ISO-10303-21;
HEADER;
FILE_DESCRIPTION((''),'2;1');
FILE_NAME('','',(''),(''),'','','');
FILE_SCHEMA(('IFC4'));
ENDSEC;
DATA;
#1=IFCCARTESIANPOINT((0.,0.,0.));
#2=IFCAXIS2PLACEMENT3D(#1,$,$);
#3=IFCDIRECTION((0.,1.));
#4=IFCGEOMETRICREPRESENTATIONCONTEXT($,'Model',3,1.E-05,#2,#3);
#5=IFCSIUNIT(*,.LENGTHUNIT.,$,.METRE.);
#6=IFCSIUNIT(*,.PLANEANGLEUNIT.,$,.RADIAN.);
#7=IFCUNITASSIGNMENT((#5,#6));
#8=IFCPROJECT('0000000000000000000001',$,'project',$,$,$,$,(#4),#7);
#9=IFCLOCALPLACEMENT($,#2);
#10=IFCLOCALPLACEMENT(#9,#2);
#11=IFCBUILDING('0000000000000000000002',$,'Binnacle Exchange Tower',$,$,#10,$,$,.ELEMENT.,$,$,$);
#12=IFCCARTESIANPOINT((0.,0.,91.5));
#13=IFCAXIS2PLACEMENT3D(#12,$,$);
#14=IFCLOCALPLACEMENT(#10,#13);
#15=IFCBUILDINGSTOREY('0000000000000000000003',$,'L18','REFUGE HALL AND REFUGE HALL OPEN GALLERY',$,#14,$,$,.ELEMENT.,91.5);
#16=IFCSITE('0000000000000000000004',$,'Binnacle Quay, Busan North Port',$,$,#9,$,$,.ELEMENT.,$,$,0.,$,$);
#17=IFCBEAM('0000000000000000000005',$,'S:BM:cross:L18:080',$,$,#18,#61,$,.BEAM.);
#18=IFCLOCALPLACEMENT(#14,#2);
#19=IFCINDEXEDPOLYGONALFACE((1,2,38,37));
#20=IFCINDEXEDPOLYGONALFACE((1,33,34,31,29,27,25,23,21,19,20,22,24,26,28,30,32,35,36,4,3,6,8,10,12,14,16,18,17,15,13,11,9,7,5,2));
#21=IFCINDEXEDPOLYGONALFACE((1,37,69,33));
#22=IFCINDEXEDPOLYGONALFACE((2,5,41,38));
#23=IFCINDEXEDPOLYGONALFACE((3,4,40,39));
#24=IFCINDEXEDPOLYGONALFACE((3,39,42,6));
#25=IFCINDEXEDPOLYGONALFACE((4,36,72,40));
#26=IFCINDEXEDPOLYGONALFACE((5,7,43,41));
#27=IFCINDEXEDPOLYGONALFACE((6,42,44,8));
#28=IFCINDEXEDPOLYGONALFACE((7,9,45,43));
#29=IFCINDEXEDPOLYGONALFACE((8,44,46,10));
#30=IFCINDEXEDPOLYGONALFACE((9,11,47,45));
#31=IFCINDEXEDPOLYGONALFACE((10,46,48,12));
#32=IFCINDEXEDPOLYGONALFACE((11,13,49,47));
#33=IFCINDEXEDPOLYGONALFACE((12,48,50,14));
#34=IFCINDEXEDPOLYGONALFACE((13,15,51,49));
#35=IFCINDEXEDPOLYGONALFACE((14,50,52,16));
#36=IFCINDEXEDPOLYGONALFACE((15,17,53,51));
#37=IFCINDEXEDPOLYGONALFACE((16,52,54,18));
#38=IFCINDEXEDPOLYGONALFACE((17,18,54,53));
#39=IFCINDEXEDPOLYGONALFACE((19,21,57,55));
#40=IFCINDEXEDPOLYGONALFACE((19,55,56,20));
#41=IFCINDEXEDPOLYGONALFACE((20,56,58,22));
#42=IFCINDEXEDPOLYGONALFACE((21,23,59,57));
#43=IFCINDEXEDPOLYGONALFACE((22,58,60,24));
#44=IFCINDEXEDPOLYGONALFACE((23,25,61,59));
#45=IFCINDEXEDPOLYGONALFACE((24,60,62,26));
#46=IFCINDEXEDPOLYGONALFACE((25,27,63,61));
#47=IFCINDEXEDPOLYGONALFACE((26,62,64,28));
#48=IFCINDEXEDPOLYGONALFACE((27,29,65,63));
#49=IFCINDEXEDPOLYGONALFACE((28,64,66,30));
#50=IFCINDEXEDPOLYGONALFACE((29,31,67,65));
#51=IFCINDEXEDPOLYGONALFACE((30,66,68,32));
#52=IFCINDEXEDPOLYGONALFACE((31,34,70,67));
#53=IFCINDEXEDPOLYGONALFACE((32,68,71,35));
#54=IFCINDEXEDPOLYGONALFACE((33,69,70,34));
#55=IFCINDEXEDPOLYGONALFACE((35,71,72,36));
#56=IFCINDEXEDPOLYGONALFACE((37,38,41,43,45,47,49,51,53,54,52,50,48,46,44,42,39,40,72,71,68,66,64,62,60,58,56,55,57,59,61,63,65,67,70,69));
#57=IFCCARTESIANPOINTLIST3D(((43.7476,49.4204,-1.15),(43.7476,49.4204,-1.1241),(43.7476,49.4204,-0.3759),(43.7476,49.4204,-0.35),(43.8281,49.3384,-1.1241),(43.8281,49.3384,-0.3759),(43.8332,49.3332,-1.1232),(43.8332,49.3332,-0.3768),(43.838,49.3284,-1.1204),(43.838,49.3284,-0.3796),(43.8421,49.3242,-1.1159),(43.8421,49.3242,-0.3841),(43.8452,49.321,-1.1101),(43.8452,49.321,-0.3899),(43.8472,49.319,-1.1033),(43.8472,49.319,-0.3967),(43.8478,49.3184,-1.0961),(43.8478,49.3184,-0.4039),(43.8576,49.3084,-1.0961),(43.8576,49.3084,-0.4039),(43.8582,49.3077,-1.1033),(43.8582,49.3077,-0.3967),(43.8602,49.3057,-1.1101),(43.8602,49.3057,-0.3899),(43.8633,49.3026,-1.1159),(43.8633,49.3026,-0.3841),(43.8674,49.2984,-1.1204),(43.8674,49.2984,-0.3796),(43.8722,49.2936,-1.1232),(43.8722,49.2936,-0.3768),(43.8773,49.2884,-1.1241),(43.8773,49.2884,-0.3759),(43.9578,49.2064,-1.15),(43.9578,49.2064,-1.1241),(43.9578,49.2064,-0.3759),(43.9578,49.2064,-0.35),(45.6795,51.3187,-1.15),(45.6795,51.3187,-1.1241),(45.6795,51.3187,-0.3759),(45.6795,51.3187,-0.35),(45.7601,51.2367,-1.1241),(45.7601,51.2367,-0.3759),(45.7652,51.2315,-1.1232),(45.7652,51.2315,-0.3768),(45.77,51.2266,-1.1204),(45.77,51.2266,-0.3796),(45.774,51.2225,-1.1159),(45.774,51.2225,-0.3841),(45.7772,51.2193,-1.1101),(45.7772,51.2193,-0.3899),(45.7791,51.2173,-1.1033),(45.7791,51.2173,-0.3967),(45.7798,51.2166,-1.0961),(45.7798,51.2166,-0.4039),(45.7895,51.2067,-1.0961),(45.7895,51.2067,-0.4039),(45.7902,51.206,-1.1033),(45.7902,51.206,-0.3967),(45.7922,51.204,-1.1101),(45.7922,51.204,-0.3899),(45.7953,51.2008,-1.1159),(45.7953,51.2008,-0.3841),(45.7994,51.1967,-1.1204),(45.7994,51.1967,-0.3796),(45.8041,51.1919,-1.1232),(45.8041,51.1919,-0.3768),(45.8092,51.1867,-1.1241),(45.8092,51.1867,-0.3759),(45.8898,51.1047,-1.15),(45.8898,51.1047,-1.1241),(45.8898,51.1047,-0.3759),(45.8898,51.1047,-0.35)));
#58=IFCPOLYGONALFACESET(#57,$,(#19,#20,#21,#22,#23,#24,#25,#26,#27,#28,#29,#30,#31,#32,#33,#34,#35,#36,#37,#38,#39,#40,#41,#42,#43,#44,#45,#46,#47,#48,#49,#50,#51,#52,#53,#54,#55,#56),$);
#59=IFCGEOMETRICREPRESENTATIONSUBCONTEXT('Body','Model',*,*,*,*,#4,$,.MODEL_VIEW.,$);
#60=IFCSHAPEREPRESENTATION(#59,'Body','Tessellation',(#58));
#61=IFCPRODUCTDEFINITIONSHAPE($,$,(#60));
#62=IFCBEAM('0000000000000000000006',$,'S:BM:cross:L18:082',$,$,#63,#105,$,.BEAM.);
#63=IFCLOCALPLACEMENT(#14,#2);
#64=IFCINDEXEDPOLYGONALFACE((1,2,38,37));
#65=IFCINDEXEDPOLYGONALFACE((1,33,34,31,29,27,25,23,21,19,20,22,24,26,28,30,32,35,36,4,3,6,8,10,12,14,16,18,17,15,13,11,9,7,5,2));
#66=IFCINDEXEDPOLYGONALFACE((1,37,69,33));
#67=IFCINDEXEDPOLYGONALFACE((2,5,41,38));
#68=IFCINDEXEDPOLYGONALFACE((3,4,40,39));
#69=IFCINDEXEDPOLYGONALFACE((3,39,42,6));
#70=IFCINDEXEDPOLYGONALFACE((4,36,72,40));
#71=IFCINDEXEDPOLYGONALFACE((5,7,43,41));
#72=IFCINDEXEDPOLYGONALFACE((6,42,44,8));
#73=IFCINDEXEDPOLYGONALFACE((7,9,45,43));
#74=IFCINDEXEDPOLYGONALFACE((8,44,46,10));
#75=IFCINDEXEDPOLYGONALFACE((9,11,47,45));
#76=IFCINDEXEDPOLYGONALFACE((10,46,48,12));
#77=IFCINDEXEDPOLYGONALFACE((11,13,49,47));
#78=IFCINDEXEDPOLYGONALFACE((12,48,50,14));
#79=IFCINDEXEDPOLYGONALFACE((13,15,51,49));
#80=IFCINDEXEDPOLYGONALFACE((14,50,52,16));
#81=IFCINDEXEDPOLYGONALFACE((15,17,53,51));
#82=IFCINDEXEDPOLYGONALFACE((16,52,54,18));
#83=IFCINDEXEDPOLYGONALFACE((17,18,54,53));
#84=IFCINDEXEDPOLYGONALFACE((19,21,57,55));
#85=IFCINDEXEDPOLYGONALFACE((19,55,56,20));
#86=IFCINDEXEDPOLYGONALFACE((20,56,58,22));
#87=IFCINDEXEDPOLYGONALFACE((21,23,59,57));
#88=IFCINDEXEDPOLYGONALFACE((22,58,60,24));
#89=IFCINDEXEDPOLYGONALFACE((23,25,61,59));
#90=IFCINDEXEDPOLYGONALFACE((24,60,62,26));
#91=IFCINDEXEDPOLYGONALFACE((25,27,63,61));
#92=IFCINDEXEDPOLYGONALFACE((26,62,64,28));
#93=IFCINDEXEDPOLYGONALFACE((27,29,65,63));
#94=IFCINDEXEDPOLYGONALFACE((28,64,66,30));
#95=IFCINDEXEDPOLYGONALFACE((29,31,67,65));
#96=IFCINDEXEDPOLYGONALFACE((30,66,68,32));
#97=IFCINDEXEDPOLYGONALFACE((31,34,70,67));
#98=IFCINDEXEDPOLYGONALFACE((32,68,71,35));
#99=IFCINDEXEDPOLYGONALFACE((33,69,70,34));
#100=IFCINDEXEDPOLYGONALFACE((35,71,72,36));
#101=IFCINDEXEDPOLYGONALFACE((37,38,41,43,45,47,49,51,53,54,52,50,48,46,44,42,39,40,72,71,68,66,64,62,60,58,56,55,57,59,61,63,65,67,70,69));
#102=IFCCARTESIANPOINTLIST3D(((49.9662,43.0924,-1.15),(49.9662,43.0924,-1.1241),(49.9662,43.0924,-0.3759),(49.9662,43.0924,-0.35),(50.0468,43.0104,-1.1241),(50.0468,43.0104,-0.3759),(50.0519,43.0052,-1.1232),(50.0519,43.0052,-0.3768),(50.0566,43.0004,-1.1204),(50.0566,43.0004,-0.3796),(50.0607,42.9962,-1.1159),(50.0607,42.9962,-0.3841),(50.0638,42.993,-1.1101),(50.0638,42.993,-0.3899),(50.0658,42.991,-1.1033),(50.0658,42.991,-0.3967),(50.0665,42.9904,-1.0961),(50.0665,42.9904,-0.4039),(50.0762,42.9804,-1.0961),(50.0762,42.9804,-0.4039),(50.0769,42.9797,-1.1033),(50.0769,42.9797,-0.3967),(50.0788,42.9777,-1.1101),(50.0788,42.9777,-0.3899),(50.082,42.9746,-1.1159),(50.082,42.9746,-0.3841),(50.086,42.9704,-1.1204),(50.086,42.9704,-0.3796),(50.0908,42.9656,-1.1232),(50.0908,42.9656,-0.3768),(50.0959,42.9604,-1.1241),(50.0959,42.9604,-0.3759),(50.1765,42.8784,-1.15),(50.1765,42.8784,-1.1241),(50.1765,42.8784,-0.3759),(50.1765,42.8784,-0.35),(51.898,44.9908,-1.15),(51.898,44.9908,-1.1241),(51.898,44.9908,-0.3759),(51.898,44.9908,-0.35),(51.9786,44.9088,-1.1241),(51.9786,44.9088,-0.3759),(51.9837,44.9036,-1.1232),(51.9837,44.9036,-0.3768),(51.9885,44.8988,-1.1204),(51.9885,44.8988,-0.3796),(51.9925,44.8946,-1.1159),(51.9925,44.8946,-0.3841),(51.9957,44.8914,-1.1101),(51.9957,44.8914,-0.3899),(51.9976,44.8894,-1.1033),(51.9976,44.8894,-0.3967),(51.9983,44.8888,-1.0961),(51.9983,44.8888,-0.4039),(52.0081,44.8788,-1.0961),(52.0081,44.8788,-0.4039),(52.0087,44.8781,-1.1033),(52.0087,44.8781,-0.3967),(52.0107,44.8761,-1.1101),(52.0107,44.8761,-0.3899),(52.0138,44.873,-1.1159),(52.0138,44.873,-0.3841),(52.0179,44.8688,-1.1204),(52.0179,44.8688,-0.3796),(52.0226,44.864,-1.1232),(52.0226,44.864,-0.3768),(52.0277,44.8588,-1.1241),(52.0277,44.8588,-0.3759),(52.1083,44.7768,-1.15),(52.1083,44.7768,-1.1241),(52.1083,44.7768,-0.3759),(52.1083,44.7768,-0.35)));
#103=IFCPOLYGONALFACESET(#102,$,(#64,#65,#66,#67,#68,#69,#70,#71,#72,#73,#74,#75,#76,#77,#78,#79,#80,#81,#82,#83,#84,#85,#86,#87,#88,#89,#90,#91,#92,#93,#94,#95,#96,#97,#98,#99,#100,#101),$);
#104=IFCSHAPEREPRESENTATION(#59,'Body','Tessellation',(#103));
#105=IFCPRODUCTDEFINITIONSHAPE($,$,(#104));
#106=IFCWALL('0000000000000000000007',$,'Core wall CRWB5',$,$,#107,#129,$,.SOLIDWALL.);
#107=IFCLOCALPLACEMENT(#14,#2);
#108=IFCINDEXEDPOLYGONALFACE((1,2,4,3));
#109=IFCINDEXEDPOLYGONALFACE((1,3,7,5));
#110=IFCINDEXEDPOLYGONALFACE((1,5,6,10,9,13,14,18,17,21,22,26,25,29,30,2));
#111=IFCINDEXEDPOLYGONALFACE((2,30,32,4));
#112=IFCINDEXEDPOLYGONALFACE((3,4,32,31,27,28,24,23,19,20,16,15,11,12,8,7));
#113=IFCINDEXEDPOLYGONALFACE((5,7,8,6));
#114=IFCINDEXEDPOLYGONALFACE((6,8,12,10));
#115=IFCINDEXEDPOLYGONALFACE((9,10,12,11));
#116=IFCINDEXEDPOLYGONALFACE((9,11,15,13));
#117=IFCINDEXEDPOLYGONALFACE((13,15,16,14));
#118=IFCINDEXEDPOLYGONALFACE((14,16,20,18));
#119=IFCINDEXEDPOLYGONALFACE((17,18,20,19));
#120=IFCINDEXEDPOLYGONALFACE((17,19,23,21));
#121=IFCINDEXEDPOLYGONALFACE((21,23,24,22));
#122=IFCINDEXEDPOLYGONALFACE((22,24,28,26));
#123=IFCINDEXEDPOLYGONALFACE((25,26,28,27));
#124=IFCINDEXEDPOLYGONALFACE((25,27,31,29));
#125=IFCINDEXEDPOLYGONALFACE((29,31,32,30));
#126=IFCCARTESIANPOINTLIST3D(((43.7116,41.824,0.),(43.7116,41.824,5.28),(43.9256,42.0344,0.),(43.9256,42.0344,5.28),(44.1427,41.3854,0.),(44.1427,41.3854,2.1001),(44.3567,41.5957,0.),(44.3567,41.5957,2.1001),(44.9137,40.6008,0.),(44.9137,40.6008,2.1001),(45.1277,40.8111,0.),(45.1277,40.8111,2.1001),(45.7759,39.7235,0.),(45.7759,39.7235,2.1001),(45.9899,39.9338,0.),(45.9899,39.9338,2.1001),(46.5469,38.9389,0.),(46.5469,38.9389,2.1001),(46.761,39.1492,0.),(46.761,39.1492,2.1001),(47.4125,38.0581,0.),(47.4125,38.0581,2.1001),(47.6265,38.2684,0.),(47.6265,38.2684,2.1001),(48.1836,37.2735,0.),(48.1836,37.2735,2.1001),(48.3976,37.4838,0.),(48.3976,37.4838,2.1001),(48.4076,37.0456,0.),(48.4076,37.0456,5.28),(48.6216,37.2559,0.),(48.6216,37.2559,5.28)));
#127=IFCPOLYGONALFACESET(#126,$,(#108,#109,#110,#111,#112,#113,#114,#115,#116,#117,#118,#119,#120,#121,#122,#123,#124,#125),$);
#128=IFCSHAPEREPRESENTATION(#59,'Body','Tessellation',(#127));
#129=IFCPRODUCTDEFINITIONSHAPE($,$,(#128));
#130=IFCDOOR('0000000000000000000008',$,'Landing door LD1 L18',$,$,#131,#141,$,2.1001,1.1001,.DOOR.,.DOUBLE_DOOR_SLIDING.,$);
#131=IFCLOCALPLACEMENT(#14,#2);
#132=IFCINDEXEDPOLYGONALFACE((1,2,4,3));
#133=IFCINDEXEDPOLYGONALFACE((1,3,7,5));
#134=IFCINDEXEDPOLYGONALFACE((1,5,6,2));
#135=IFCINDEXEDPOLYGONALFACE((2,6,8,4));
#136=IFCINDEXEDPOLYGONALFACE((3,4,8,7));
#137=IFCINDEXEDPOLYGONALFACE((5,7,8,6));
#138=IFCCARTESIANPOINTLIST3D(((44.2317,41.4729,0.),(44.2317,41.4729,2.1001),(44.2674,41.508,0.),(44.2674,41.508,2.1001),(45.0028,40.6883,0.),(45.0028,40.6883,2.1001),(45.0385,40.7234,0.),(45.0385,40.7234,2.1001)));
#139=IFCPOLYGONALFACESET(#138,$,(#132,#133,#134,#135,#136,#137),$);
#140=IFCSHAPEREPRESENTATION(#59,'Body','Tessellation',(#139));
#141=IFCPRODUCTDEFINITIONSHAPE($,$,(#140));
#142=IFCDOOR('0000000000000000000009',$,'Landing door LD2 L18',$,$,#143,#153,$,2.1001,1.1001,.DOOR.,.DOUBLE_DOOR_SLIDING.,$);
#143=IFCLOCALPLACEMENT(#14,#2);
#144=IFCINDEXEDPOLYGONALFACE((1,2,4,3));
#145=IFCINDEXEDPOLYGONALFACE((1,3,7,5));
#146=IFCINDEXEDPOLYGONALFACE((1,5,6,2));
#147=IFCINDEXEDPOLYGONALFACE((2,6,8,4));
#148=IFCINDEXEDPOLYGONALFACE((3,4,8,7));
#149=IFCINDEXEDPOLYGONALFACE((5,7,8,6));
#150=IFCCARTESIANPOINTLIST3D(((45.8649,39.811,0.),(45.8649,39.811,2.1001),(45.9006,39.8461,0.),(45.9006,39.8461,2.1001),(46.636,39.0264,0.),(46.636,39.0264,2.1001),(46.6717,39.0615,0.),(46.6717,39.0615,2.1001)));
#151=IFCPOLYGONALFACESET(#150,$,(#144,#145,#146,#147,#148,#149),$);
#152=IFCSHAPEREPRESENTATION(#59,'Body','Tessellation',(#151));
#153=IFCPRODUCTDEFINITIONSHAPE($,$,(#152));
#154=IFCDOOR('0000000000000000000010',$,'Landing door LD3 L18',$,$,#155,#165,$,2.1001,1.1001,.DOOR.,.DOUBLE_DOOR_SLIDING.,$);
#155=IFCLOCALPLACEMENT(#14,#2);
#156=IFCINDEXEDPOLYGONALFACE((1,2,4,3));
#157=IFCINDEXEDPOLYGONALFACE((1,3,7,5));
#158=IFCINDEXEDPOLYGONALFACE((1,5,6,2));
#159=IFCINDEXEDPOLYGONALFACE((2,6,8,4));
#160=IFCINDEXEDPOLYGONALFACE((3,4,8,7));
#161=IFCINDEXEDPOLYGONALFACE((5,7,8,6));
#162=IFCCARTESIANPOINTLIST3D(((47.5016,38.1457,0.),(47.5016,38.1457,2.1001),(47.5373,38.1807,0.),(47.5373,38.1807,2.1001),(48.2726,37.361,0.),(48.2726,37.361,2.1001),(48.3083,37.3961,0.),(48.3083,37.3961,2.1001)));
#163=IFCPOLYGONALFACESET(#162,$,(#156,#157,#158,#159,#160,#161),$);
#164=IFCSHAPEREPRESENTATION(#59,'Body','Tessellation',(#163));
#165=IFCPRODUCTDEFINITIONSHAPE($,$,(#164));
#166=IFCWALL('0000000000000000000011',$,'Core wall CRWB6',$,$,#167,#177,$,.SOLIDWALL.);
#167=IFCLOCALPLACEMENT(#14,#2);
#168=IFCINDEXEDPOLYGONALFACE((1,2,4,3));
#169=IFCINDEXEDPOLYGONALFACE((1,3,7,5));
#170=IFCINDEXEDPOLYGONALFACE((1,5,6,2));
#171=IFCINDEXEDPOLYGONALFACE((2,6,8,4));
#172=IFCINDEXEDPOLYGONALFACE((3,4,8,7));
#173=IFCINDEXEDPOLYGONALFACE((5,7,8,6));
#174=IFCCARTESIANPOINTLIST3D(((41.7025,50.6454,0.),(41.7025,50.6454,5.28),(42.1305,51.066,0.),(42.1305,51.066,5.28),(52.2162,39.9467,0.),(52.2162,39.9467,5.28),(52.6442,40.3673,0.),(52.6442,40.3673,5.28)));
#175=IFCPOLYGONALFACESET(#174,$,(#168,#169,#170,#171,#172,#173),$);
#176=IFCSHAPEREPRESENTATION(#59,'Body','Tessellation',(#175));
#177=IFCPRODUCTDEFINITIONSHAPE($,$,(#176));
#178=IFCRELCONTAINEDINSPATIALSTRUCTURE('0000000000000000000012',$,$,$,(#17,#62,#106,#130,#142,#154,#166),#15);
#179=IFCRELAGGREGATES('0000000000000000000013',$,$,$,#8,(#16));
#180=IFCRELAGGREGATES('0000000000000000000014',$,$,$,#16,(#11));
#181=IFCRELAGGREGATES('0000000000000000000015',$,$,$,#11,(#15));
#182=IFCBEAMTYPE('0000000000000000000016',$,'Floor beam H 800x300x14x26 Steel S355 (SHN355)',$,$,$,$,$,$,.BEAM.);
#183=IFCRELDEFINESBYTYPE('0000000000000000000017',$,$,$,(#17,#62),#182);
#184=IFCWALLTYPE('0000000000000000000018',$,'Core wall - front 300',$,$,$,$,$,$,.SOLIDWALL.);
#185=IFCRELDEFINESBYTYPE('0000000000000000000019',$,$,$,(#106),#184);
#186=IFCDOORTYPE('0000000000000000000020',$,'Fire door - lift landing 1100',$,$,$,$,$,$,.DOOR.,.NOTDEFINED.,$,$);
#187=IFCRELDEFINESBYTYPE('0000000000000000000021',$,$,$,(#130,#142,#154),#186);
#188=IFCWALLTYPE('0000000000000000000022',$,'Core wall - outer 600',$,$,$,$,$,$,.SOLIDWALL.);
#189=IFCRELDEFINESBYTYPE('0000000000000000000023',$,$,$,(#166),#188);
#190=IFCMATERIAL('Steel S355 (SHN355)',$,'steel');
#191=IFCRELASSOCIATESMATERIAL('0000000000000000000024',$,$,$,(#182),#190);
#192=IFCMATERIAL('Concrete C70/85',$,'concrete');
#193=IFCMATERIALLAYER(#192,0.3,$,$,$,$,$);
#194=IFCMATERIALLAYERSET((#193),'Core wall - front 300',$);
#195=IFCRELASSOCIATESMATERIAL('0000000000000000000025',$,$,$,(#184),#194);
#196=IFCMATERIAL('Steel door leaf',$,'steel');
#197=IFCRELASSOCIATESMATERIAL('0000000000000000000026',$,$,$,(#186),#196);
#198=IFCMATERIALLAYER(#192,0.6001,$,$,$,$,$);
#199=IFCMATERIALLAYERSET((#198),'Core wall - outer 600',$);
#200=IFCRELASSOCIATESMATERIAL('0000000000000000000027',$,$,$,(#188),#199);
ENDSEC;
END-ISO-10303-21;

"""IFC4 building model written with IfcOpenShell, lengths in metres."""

from ifc_helpers import new_model, si_unit, direction, frame, frame_2d, origin, origin_2d, place, context, subcontext, project, spatial, rectangle, i_section, extrude, material, layer, layer_set, material_profile, profile_set, type_object, element, fill, save


model = new_model("IFC4")

# Units and contexts
model_context = context("Model", 3, precision=1e-05, world=origin(), true_north=direction((0.0, 1.0)))
body_context = subcontext(model_context, "Body", "Model", "MODEL_VIEW")
ifc_project = project(units=[si_unit("LENGTHUNIT", "METRE"), si_unit("PLANEANGLEUNIT", "RADIAN")], contexts=[model_context])

# Site, building, storey
site_placement = place(None, origin())
site = spatial("IfcSite", under=ifc_project, at=site_placement, Name="Binnacle Quay, Busan North Port", CompositionType="ELEMENT", RefElevation=0.0)
building_placement = place(site_placement, origin())
building = spatial("IfcBuilding", under=site, at=building_placement, Name="Binnacle Exchange Tower", CompositionType="ELEMENT")
storey_placement = place(building_placement, frame((0.0, 0.0, 91.5)))
storey = spatial("IfcBuildingStorey", under=building, at=storey_placement, Name="L18", Description="REFUGE HALL AND REFUGE HALL OPEN GALLERY", CompositionType="ELEMENT", Elevation=91.5)

# Shared definitions
ifc_material_1 = material(Name="Concrete C70/85", Category="concrete")

# Beams
ifc_material_2 = material(Name="Steel S355 (SHN355)", Category="steel")
ifc_material_profile_1 = material_profile(ifc_material_2, i_section(OverallWidth=0.3, OverallDepth=0.8, WebThickness=0.0139, FlangeThickness=0.0259, FilletRadius=0.0281, at=origin_2d()), Name="H 800x300x14x26")
ifc_profile_set_1 = profile_set([ifc_material_profile_1], Name="Steel S355 (SHN355)")
beam_type_1 = type_object("IfcBeamType", Name="Floor beam H 800x300x14x26 Steel S355 (SHN355)", PredefinedType="BEAM", material=ifc_profile_set_1)
for number, where, z_axis, x_axis, name in (
    (1, (45.7847, 51.2117, -0.75), (-0.713299, -0.70086, 0.0), (0.70086, -0.713299, 0.0), "S:BM:cross:L18:080"),
    (2, (52.0032, 44.8838, -0.75), (-0.713254, -0.700905, 0.0), (0.700905, -0.713254, 0.0), "S:BM:cross:L18:082"),
):
    element("IfcBeam", number, at=place(storey_placement, frame(where, z_axis=z_axis, x_axis=x_axis)), inside=storey, type_object=beam_type_1, Name=name, PredefinedType="BEAM", context=body_context, shape_type="SweptSolid", body=[
        extrude(i_section(OverallWidth=0.3, OverallDepth=0.8, WebThickness=0.0139, FlangeThickness=0.0259, FilletRadius=0.0281, at=origin_2d()), origin(), (0.0, 0.0, 1.0), 2.7085),
    ])

# Wall, openings, doors
ifc_layer_1 = layer(ifc_material_1, 0.3)
ifc_layer_set_1 = layer_set([ifc_layer_1], Name="Core wall - front 300")
wall_type_1 = type_object("IfcWallType", Name="Core wall - front 300", PredefinedType="SOLIDWALL", material=ifc_layer_set_1)
wall_1_placement = place(storey_placement, frame((43.8186, 41.9292, 0.0), z_axis=(0.0, 0.0, 1.0), x_axis=(0.700922, -0.713238, 0.0)))
wall_1 = element("IfcWall", 3, at=wall_1_placement, inside=storey, type_object=wall_type_1, Name="Core wall CRWB5", PredefinedType="SOLIDWALL", context=body_context, shape_type="SweptSolid", body=[
    extrude(rectangle(XDim=6.6997, YDim=0.3, at=frame_2d((3.3499, 0.0))), origin(), (0.0, 0.0, 1.0), 5.28),
])
opening_1_placement = place(wall_1_placement, frame((0.615, 0.0, 0.0)))
opening_1 = element("IfcOpeningElement", 4, at=opening_1_placement, cuts=wall_1, PredefinedType="OPENING", context=body_context, shape_type="SweptSolid", body=[
    extrude(rectangle(XDim=1.1001, YDim=2.1001, at=frame_2d((0.55, 1.05))), frame((0.0, 0.1599, 0.0), z_axis=(0.0, -1.0, 0.0), x_axis=(1.0, 0.0, 0.0)), (0.0, 0.0, 1.0), 0.3201),
])
opening_2_placement = place(wall_1_placement, frame((2.9451, 0.0, 0.0)))
opening_2 = element("IfcOpeningElement", 5, at=opening_2_placement, cuts=wall_1, PredefinedType="OPENING", context=body_context, shape_type="SweptSolid", body=[
    extrude(rectangle(XDim=1.1001, YDim=2.1001, at=frame_2d((0.55, 1.05))), frame((0.0, 0.1599, 0.0), z_axis=(0.0, -1.0, 0.0), x_axis=(1.0, 0.0, 0.0)), (0.0, 0.0, 1.0), 0.3201),
])
opening_3_placement = place(wall_1_placement, frame((5.28, 0.0, 0.0)))
opening_3 = element("IfcOpeningElement", 6, at=opening_3_placement, cuts=wall_1, PredefinedType="OPENING", context=body_context, shape_type="SweptSolid", body=[
    extrude(rectangle(XDim=1.1001, YDim=2.1001, at=frame_2d((0.55, 1.05))), frame((0.0, 0.1599, 0.0), z_axis=(0.0, -1.0, 0.0), x_axis=(1.0, 0.0, 0.0)), (0.0, 0.0, 1.0), 0.3201),
])
ifc_material_3 = material(Name="Steel door leaf", Category="steel")
door_type_1 = type_object("IfcDoorType", Name="Fire door - lift landing 1100", OperationType="NOTDEFINED", PredefinedType="DOOR", material=ifc_material_3)
door_1_placement = place(opening_1_placement, origin())
door_1 = element("IfcDoor", 7, at=door_1_placement, inside=storey, type_object=door_type_1, Name="Landing door LD1 L18", OperationType="DOUBLE_DOOR_SLIDING", OverallHeight=2.1001, OverallWidth=1.1001, PredefinedType="DOOR", context=body_context, shape_type="SweptSolid", body=[
    extrude(rectangle(XDim=1.1001, YDim=2.1001, at=frame_2d((0.55, 1.05))), frame((0.0, 0.0249, 0.0), z_axis=(0.0, -1.0, 0.0), x_axis=(1.0, 0.0, 0.0)), (0.0, 0.0, 1.0), 0.05),
])
fill(opening_1, door_1)
door_2_placement = place(opening_2_placement, origin())
door_2 = element("IfcDoor", 8, at=door_2_placement, inside=storey, type_object=door_type_1, Name="Landing door LD2 L18", OperationType="DOUBLE_DOOR_SLIDING", OverallHeight=2.1001, OverallWidth=1.1001, PredefinedType="DOOR", context=body_context, shape_type="SweptSolid", body=[
    extrude(rectangle(XDim=1.1001, YDim=2.1001, at=frame_2d((0.55, 1.05))), frame((0.0, 0.0249, 0.0), z_axis=(0.0, -1.0, 0.0), x_axis=(1.0, 0.0, 0.0)), (0.0, 0.0, 1.0), 0.05),
])
fill(opening_2, door_2)
door_3_placement = place(opening_3_placement, origin())
door_3 = element("IfcDoor", 9, at=door_3_placement, inside=storey, type_object=door_type_1, Name="Landing door LD3 L18", OperationType="DOUBLE_DOOR_SLIDING", OverallHeight=2.1001, OverallWidth=1.1001, PredefinedType="DOOR", context=body_context, shape_type="SweptSolid", body=[
    extrude(rectangle(XDim=1.1001, YDim=2.1001, at=frame_2d((0.55, 1.05))), frame((0.0, 0.0249, 0.0), z_axis=(0.0, -1.0, 0.0), x_axis=(1.0, 0.0, 0.0)), (0.0, 0.0, 1.0), 0.05),
])
fill(opening_3, door_3)

# Wall
ifc_layer_2 = layer(ifc_material_1, 0.6001)
ifc_layer_set_2 = layer_set([ifc_layer_2], Name="Core wall - outer 600")
wall_type_2 = type_object("IfcWallType", Name="Core wall - outer 600", PredefinedType="SOLIDWALL", material=ifc_layer_set_2)
wall_2_placement = place(storey_placement, frame((41.9165, 50.8557, 0.0), z_axis=(0.0, 0.0, 1.0), x_axis=(0.700911, -0.713248, 0.0)))
element("IfcWall", 10, at=wall_2_placement, inside=storey, type_object=wall_type_2, Name="Core wall CRWB6", PredefinedType="SOLIDWALL", context=body_context, shape_type="SweptSolid", body=[
    extrude(rectangle(XDim=15.0, YDim=0.6001, at=frame_2d((7.5, 0.0))), origin(), (0.0, 0.0, 1.0), 5.28),
])

save(model, "model.ifc")
